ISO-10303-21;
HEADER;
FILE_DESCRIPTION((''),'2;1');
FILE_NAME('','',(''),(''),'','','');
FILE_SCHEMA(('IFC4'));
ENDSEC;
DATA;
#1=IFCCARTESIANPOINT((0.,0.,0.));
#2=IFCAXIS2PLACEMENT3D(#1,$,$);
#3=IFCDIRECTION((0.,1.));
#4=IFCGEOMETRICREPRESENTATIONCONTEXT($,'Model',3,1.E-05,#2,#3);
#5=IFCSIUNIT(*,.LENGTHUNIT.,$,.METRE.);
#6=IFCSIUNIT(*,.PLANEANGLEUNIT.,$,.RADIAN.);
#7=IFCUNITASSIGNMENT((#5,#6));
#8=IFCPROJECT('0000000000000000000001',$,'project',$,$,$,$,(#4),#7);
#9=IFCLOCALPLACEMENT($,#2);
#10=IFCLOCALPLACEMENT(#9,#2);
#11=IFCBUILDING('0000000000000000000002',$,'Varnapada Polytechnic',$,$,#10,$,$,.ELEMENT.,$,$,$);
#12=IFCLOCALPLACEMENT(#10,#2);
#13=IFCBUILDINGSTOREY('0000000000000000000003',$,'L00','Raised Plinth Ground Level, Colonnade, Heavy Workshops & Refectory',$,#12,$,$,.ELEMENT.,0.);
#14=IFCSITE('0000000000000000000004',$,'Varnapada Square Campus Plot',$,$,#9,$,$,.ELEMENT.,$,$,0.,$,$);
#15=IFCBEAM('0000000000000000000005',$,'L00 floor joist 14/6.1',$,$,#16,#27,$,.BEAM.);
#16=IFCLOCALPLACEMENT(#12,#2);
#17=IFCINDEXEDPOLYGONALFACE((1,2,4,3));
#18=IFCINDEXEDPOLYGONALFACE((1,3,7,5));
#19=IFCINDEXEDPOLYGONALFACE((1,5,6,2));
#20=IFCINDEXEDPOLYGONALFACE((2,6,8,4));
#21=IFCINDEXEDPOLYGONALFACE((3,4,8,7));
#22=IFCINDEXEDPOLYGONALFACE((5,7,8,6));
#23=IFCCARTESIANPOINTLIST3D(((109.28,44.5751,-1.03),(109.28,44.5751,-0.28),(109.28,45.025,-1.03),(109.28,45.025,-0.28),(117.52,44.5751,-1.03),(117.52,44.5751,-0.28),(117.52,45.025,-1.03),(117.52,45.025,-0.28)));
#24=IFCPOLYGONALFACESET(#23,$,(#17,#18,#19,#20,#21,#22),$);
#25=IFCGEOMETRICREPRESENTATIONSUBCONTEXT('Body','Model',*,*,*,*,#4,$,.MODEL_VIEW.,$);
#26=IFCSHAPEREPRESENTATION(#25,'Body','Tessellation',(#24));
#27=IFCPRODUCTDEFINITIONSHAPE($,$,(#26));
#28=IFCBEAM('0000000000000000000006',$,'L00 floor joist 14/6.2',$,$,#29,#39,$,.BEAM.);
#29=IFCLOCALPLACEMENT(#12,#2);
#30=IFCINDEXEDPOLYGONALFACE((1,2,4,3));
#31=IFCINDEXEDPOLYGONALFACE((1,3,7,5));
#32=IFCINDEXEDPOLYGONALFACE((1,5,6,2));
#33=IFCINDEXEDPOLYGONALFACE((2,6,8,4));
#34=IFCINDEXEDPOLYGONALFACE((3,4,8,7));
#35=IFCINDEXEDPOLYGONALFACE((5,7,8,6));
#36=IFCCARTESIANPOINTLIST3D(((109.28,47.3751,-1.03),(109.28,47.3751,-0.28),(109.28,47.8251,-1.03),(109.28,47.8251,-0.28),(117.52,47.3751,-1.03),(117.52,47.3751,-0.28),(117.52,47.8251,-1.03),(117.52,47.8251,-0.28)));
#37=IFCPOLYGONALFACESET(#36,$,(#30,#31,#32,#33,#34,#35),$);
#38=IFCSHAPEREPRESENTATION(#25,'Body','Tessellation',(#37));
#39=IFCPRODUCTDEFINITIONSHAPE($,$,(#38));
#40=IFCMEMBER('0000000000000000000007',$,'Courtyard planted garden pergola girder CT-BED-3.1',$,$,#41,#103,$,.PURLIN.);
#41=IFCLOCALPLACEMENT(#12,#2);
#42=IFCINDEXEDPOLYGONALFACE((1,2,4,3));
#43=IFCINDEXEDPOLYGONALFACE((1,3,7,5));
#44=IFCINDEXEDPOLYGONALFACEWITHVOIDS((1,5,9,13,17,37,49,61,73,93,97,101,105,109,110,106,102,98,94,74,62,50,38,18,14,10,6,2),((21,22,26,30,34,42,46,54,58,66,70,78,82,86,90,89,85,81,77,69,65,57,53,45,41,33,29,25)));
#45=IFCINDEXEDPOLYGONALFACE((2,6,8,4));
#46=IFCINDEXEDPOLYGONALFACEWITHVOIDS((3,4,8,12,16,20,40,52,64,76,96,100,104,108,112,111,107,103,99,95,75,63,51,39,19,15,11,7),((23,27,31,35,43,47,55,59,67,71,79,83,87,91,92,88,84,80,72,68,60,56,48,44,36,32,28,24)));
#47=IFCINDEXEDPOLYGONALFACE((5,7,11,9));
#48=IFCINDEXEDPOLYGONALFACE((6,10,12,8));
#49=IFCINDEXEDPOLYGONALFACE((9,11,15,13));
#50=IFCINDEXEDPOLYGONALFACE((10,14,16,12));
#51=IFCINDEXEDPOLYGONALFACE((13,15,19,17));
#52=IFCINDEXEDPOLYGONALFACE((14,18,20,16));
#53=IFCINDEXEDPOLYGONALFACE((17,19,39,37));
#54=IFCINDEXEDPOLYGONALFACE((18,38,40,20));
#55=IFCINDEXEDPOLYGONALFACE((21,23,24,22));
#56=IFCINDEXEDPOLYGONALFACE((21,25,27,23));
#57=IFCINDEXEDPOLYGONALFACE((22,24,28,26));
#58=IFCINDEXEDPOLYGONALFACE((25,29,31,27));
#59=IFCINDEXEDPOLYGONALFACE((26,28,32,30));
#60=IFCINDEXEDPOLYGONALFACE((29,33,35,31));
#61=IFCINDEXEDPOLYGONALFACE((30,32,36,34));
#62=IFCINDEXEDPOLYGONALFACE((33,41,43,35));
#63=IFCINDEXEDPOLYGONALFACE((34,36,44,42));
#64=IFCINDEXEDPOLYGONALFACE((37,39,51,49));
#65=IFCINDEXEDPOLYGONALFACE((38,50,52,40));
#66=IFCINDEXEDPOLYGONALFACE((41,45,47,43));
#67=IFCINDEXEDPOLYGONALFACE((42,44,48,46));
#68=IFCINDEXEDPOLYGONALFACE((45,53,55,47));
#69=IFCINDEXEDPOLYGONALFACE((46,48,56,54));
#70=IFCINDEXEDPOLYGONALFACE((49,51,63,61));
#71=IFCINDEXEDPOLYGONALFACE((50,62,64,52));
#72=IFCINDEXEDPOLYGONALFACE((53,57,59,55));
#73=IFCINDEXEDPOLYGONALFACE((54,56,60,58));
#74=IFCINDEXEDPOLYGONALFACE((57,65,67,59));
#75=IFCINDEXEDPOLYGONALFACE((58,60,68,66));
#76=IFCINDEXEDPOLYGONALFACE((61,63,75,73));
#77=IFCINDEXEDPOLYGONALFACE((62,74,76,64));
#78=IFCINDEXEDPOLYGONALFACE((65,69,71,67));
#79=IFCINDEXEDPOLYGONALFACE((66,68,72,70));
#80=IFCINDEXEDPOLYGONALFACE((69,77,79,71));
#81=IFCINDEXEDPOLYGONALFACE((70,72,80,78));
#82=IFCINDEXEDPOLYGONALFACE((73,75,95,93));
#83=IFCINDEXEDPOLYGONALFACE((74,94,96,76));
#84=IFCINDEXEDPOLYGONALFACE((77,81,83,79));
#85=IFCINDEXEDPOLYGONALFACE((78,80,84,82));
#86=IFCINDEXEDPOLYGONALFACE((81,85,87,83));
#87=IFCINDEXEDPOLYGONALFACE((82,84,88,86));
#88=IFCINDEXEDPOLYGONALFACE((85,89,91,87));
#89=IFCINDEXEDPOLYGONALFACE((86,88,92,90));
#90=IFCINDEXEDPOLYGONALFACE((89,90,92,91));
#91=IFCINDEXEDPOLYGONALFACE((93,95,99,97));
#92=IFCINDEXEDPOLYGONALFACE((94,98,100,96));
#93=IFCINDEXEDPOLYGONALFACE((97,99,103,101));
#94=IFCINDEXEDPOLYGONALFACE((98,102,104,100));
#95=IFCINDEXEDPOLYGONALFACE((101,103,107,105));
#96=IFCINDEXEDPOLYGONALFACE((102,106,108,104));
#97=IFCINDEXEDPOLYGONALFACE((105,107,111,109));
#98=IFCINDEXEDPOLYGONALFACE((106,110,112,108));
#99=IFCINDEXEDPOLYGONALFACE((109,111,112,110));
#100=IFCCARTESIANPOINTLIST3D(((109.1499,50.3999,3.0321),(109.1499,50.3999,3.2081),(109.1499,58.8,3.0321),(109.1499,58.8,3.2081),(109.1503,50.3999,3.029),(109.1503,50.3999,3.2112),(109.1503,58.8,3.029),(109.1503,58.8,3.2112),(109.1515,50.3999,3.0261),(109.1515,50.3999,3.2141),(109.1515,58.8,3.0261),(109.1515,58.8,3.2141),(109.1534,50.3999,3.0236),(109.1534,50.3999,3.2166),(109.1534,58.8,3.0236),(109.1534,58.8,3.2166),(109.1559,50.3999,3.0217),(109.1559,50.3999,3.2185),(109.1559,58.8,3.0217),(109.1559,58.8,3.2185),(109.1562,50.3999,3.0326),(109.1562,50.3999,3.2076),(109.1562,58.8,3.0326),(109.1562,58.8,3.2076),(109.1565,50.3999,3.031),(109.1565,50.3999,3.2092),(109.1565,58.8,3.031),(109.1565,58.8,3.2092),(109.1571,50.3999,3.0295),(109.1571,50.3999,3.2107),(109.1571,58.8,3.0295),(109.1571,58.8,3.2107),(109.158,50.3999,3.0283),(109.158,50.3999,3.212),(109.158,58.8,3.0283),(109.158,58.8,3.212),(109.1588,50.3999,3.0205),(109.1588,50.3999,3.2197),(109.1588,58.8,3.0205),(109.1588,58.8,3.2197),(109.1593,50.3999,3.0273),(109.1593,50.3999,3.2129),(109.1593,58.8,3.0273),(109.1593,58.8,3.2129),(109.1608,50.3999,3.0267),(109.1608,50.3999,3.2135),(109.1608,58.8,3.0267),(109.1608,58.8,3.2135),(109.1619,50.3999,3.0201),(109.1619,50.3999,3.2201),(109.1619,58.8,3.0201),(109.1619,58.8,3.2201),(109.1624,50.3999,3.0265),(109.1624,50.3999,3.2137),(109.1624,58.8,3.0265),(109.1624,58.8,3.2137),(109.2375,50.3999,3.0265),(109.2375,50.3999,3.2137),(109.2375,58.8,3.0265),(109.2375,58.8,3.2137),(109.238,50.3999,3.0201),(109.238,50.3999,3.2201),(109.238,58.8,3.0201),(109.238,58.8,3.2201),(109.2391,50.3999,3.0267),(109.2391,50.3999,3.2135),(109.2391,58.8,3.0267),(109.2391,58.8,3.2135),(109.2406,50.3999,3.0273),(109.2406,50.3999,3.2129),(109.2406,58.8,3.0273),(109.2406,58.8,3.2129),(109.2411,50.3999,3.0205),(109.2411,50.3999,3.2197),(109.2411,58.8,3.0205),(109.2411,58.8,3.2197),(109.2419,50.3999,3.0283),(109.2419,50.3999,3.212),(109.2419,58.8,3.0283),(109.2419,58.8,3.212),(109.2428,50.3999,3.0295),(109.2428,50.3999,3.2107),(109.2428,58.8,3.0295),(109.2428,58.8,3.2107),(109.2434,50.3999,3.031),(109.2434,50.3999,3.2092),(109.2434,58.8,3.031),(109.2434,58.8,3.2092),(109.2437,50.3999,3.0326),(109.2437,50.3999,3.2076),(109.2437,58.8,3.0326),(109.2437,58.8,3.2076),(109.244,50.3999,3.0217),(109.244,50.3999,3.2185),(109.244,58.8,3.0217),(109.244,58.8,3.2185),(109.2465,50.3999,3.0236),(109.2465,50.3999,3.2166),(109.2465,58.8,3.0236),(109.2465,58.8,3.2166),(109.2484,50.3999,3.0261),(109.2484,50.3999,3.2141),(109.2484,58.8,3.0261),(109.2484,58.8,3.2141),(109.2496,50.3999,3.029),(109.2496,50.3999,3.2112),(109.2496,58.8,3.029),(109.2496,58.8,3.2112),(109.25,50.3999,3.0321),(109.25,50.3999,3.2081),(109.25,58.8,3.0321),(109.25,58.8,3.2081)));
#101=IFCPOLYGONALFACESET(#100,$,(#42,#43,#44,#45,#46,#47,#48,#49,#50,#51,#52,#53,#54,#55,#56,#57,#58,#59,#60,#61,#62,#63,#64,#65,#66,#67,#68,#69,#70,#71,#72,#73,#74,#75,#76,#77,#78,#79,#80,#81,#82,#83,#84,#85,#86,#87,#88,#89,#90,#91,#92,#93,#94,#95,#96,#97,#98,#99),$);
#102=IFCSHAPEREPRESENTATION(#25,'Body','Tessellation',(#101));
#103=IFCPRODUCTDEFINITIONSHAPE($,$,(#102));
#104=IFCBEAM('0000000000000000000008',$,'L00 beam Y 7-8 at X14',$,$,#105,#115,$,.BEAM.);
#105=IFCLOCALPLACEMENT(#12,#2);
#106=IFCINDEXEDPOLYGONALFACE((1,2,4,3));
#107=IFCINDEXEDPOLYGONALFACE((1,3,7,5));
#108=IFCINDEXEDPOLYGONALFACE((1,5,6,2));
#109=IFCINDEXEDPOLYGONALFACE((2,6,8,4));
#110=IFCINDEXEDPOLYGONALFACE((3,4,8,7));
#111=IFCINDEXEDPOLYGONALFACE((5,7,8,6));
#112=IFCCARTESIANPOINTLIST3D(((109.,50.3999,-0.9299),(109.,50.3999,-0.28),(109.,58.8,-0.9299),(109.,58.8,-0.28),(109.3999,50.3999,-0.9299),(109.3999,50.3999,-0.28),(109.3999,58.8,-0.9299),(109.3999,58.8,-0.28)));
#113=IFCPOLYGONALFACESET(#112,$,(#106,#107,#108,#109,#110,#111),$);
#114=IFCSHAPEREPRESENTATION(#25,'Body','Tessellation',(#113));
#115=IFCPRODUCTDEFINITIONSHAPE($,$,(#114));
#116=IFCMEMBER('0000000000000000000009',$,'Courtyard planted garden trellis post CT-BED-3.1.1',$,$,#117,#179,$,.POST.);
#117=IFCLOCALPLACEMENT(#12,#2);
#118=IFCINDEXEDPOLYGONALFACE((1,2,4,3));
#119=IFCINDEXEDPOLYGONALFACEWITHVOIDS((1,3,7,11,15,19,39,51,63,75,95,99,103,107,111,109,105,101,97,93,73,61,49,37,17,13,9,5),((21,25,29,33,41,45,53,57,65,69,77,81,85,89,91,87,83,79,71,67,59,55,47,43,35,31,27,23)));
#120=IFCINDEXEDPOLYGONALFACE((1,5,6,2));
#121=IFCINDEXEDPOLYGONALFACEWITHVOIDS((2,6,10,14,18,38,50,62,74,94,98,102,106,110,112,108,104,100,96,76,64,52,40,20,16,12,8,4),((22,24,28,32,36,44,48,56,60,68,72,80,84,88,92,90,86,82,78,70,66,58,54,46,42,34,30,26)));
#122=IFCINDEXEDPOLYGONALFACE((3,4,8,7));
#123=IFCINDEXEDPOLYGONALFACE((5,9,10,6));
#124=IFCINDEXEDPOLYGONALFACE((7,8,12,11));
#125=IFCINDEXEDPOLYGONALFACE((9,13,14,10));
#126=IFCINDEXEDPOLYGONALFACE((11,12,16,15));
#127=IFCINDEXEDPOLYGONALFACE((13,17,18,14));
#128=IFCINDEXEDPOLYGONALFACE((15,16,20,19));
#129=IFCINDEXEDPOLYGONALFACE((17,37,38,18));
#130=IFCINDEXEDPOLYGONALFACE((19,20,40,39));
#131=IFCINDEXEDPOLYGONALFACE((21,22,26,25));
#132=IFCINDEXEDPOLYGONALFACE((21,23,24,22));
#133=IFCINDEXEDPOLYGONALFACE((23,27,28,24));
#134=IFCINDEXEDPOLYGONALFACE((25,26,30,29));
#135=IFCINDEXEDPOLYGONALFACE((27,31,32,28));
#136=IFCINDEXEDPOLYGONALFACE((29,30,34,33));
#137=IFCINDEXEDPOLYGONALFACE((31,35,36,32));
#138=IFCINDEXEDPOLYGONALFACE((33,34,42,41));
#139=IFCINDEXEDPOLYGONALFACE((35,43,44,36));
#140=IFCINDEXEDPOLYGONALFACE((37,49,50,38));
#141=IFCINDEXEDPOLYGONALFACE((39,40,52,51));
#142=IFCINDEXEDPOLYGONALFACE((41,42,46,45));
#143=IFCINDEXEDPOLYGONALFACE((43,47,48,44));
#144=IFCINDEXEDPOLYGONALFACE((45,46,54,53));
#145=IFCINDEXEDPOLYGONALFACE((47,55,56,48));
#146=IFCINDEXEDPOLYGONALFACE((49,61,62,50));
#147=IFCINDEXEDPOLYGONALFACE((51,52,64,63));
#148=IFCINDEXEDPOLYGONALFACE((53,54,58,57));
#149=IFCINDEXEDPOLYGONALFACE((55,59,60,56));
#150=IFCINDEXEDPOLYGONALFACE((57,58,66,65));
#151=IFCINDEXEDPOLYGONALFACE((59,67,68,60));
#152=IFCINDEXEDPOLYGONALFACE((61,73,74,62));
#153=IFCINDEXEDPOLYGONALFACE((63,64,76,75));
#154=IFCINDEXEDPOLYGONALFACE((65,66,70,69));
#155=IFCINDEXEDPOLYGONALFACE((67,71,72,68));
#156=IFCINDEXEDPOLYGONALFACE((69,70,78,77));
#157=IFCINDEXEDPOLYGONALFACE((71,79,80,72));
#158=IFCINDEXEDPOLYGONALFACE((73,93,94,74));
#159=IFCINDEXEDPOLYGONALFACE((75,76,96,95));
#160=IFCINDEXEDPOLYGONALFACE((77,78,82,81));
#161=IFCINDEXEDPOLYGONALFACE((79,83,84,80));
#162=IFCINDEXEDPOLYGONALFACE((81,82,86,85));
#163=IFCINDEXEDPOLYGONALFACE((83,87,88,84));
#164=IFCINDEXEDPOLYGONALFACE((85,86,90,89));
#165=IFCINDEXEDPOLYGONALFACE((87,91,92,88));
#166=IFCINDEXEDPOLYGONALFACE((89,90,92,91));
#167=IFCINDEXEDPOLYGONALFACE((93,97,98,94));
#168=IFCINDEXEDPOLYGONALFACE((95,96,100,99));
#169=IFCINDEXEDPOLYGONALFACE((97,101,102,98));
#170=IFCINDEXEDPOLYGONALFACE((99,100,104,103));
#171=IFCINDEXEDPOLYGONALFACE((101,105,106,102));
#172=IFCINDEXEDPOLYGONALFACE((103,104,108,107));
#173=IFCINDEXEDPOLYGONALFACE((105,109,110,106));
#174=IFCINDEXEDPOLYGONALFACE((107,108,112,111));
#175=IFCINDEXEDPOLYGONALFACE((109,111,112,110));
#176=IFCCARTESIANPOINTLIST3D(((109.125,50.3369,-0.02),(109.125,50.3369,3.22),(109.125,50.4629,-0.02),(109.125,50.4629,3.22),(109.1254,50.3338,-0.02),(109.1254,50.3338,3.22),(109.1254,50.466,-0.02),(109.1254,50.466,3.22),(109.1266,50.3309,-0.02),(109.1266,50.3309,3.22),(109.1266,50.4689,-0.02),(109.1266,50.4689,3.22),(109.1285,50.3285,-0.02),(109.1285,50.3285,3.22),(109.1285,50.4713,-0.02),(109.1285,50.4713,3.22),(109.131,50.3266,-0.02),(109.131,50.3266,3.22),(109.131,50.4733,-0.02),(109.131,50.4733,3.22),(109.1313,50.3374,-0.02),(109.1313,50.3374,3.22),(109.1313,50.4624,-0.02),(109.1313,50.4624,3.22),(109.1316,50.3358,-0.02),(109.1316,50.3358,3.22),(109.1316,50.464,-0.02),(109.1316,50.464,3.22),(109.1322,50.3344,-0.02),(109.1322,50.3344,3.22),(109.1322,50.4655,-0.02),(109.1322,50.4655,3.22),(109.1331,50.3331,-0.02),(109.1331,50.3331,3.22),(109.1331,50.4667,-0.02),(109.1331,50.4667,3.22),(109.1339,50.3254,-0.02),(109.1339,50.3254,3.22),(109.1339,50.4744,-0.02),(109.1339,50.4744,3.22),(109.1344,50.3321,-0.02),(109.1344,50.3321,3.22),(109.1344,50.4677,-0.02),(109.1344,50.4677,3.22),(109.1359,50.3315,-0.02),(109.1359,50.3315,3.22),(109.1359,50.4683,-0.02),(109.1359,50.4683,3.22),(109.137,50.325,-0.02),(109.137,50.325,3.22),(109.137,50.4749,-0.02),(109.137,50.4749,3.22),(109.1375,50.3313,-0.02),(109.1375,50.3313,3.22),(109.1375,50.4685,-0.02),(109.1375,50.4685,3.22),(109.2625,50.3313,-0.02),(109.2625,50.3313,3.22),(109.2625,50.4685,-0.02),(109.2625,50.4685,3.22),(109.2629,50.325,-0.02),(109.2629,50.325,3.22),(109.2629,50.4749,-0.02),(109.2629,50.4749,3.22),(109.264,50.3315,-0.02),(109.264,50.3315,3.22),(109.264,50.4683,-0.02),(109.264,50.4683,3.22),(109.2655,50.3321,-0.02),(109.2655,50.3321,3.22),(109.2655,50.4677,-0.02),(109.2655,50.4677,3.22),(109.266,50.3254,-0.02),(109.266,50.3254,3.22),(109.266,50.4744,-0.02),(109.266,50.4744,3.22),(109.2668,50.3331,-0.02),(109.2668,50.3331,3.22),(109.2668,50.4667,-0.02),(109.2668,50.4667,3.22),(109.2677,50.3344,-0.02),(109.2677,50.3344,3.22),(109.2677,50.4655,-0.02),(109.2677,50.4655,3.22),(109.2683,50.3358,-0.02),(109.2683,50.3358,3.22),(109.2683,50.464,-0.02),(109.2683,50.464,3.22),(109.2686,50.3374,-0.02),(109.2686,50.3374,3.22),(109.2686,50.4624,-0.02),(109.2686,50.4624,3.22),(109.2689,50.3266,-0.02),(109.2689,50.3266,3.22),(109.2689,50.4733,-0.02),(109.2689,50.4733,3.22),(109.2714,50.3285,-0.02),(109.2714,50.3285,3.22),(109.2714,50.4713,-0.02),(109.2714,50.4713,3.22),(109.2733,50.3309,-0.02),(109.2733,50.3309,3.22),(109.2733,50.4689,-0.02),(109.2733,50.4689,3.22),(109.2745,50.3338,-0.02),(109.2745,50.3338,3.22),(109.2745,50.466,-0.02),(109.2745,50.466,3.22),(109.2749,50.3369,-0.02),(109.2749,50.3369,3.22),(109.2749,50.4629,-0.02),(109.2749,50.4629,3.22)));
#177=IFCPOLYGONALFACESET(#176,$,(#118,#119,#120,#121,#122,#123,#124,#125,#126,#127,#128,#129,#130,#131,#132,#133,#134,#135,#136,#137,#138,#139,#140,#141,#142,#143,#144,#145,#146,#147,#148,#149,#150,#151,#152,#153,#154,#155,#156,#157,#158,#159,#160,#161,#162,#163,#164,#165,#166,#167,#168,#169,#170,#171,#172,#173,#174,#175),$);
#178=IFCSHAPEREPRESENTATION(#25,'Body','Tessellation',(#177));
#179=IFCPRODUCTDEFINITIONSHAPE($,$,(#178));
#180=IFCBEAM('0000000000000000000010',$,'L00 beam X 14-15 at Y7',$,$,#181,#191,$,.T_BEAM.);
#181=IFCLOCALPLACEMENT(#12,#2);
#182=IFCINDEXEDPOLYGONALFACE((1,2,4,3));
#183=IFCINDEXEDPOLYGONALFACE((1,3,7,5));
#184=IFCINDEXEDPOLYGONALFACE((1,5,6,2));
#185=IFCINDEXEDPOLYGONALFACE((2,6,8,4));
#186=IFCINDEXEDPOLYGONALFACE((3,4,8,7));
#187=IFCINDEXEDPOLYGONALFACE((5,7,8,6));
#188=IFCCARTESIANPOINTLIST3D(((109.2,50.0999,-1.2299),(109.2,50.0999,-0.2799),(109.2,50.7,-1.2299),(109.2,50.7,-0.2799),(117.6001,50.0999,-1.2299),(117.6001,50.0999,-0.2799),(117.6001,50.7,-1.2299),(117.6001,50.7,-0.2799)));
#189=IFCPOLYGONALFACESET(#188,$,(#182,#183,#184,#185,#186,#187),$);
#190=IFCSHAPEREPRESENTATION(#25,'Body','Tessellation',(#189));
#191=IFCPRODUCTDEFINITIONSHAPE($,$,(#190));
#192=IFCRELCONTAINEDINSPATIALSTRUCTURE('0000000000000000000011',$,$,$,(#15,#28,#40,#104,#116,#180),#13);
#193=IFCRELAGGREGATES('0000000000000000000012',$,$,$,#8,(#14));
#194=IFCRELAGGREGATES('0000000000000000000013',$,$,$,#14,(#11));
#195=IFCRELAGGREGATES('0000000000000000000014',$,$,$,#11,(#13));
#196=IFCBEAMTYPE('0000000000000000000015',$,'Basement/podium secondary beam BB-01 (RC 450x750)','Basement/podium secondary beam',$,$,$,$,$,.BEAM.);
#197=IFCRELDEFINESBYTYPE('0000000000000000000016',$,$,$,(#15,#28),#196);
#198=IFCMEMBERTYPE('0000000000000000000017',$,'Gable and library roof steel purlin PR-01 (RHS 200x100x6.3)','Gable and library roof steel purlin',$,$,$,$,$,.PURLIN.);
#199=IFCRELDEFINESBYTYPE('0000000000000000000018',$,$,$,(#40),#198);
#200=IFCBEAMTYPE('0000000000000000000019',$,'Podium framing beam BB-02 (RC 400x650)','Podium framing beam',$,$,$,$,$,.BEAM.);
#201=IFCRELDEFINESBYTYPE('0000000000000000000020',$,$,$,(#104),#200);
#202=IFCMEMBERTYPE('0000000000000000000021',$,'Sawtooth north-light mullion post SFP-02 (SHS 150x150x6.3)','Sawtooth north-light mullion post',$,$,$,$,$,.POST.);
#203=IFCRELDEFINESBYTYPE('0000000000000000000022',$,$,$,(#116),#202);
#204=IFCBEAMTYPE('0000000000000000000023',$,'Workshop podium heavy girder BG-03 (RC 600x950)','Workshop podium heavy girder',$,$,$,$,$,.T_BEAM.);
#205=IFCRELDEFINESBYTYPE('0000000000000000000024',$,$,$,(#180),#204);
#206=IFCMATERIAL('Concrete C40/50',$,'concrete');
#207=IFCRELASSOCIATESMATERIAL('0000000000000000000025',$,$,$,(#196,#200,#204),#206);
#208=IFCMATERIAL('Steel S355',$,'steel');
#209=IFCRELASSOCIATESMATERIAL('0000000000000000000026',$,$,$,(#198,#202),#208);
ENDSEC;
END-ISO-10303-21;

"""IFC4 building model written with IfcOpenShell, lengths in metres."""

from ifc_helpers import new_model, si_unit, direction, frame, origin, origin_2d, place, context, subcontext, project, spatial, rectangle, hollow_rectangle, extrude, material, material_profile, profile_set, type_object, element, save


model = new_model("IFC4")

# Units and contexts
model_context = context("Model", 3, precision=1e-05, world=origin(), true_north=direction((0.0, 1.0)))
body_context = subcontext(model_context, "Body", "Model", "MODEL_VIEW")
ifc_project = project(units=[si_unit("LENGTHUNIT", "METRE"), si_unit("PLANEANGLEUNIT", "RADIAN")], contexts=[model_context])

# Site, building, storey
site_placement = place(None, origin())
site = spatial("IfcSite", under=ifc_project, at=site_placement, Name="Varnapada Square Campus Plot", CompositionType="ELEMENT", RefElevation=0.0)
building_placement = place(site_placement, origin())
building = spatial("IfcBuilding", under=site, at=building_placement, Name="Varnapada Polytechnic", CompositionType="ELEMENT")
storey_placement = place(building_placement, origin())
storey = spatial("IfcBuildingStorey", under=building, at=storey_placement, Name="L00", Description="Raised Plinth Ground Level, Colonnade, Heavy Workshops & Refectory", CompositionType="ELEMENT", Elevation=0.0)

# Beams
ifc_material_1 = material(Name="Concrete C40/50", Category="concrete")
ifc_material_profile_1 = material_profile(ifc_material_1, rectangle(XDim=0.45, YDim=0.75, at=origin_2d()), Name="RC 450x750")
ifc_profile_set_1 = profile_set([ifc_material_profile_1], Name="Concrete C40/50")
beam_type_1 = type_object("IfcBeamType", Name="Basement/podium secondary beam BB-01 (RC 450x750)", Description="Basement/podium secondary beam", PredefinedType="BEAM", material=ifc_profile_set_1)
for number, where, z_axis, x_axis, name in (
    (1, (109.28, 44.8, -0.655), (1.0, 0.0, 0.0), (0.0, 1.0, 0.0), "L00 floor joist 14/6.1"),
    (2, (109.28, 47.6001, -0.655), (1.0, 0.0, 0.0), (0.0, 1.0, 0.0), "L00 floor joist 14/6.2"),
):
    element("IfcBeam", number, at=place(storey_placement, frame(where, z_axis=z_axis, x_axis=x_axis)), inside=storey, type_object=beam_type_1, Name=name, PredefinedType="BEAM", context=body_context, shape_type="SweptSolid", body=[
        extrude(rectangle(XDim=0.45, YDim=0.75, at=origin_2d()), origin(), (0.0, 0.0, 1.0), 8.24),
    ])

# Member
ifc_material_2 = material(Name="Steel S355", Category="steel")
ifc_material_profile_2 = material_profile(ifc_material_2, hollow_rectangle(XDim=0.1001, YDim=0.2, WallThickness=0.0063, InnerFilletRadius=0.0061, OuterFilletRadius=0.012, at=origin_2d()), Name="RHS 200x100x6.3")
ifc_profile_set_2 = profile_set([ifc_material_profile_2], Name="Steel S355")
member_type_1 = type_object("IfcMemberType", Name="Gable and library roof steel purlin PR-01 (RHS 200x100x6.3)", Description="Gable and library roof steel purlin", PredefinedType="PURLIN", material=ifc_profile_set_2)
member_1_placement = place(storey_placement, frame((109.2, 50.3999, 3.1201), z_axis=(0.0, 1.0, 0.0), x_axis=(-1.0, 0.0, 0.0)))
element("IfcMember", 3, at=member_1_placement, inside=storey, type_object=member_type_1, Name="Courtyard planted garden pergola girder CT-BED-3.1", PredefinedType="PURLIN", context=body_context, shape_type="SweptSolid", body=[
    extrude(hollow_rectangle(XDim=0.1001, YDim=0.2, WallThickness=0.0063, InnerFilletRadius=0.0061, OuterFilletRadius=0.012, at=origin_2d()), origin(), (0.0, 0.0, 1.0), 8.4001),
])

# Beam
ifc_material_profile_3 = material_profile(ifc_material_1, rectangle(XDim=0.3999, YDim=0.6499, at=origin_2d()), Name="RC 400x650")
ifc_profile_set_3 = profile_set([ifc_material_profile_3], Name="Concrete C40/50")
beam_type_2 = type_object("IfcBeamType", Name="Podium framing beam BB-02 (RC 400x650)", Description="Podium framing beam", PredefinedType="BEAM", material=ifc_profile_set_3)
beam_1_placement = place(storey_placement, frame((109.2, 50.3999, -0.605), z_axis=(0.0, 1.0, 0.0), x_axis=(-1.0, 0.0, 0.0)))
element("IfcBeam", 4, at=beam_1_placement, inside=storey, type_object=beam_type_2, Name="L00 beam Y 7-8 at X14", PredefinedType="BEAM", context=body_context, shape_type="SweptSolid", body=[
    extrude(rectangle(XDim=0.3999, YDim=0.6499, at=origin_2d()), origin(), (0.0, 0.0, 1.0), 8.4001),
])

# Member
ifc_material_profile_4 = material_profile(ifc_material_2, hollow_rectangle(XDim=0.1499, YDim=0.1499, WallThickness=0.0063, InnerFilletRadius=0.0061, OuterFilletRadius=0.012, at=origin_2d()), Name="SHS 150x150x6.3")
ifc_profile_set_4 = profile_set([ifc_material_profile_4], Name="Steel S355")
member_type_2 = type_object("IfcMemberType", Name="Sawtooth north-light mullion post SFP-02 (SHS 150x150x6.3)", Description="Sawtooth north-light mullion post", PredefinedType="POST", material=ifc_profile_set_4)
member_2_placement = place(storey_placement, frame((109.2, 50.3999, -0.02), z_axis=(0.0, 0.0, 1.0), x_axis=(1.0, 0.0, 0.0)))
element("IfcMember", 5, at=member_2_placement, inside=storey, type_object=member_type_2, Name="Courtyard planted garden trellis post CT-BED-3.1.1", PredefinedType="POST", context=body_context, shape_type="SweptSolid", body=[
    extrude(hollow_rectangle(XDim=0.1499, YDim=0.1499, WallThickness=0.0063, InnerFilletRadius=0.0061, OuterFilletRadius=0.012, at=origin_2d()), origin(), (0.0, 0.0, 1.0), 3.24),
])

# Beam
ifc_material_profile_5 = material_profile(ifc_material_1, rectangle(XDim=0.6001, YDim=0.95, at=origin_2d()), Name="RC 600x950")
ifc_profile_set_5 = profile_set([ifc_material_profile_5], Name="Concrete C40/50")
beam_type_3 = type_object("IfcBeamType", Name="Workshop podium heavy girder BG-03 (RC 600x950)", Description="Workshop podium heavy girder", PredefinedType="T_BEAM", material=ifc_profile_set_5)
beam_2_placement = place(storey_placement, frame((109.2, 50.3999, -0.7549), z_axis=(1.0, 0.0, 0.0), x_axis=(0.0, 1.0, 0.0)))
element("IfcBeam", 6, at=beam_2_placement, inside=storey, type_object=beam_type_3, Name="L00 beam X 14-15 at Y7", PredefinedType="T_BEAM", context=body_context, shape_type="SweptSolid", body=[
    extrude(rectangle(XDim=0.6001, YDim=0.95, at=origin_2d()), origin(), (0.0, 0.0, 1.0), 8.4001),
])

save(model, "model.ifc")
